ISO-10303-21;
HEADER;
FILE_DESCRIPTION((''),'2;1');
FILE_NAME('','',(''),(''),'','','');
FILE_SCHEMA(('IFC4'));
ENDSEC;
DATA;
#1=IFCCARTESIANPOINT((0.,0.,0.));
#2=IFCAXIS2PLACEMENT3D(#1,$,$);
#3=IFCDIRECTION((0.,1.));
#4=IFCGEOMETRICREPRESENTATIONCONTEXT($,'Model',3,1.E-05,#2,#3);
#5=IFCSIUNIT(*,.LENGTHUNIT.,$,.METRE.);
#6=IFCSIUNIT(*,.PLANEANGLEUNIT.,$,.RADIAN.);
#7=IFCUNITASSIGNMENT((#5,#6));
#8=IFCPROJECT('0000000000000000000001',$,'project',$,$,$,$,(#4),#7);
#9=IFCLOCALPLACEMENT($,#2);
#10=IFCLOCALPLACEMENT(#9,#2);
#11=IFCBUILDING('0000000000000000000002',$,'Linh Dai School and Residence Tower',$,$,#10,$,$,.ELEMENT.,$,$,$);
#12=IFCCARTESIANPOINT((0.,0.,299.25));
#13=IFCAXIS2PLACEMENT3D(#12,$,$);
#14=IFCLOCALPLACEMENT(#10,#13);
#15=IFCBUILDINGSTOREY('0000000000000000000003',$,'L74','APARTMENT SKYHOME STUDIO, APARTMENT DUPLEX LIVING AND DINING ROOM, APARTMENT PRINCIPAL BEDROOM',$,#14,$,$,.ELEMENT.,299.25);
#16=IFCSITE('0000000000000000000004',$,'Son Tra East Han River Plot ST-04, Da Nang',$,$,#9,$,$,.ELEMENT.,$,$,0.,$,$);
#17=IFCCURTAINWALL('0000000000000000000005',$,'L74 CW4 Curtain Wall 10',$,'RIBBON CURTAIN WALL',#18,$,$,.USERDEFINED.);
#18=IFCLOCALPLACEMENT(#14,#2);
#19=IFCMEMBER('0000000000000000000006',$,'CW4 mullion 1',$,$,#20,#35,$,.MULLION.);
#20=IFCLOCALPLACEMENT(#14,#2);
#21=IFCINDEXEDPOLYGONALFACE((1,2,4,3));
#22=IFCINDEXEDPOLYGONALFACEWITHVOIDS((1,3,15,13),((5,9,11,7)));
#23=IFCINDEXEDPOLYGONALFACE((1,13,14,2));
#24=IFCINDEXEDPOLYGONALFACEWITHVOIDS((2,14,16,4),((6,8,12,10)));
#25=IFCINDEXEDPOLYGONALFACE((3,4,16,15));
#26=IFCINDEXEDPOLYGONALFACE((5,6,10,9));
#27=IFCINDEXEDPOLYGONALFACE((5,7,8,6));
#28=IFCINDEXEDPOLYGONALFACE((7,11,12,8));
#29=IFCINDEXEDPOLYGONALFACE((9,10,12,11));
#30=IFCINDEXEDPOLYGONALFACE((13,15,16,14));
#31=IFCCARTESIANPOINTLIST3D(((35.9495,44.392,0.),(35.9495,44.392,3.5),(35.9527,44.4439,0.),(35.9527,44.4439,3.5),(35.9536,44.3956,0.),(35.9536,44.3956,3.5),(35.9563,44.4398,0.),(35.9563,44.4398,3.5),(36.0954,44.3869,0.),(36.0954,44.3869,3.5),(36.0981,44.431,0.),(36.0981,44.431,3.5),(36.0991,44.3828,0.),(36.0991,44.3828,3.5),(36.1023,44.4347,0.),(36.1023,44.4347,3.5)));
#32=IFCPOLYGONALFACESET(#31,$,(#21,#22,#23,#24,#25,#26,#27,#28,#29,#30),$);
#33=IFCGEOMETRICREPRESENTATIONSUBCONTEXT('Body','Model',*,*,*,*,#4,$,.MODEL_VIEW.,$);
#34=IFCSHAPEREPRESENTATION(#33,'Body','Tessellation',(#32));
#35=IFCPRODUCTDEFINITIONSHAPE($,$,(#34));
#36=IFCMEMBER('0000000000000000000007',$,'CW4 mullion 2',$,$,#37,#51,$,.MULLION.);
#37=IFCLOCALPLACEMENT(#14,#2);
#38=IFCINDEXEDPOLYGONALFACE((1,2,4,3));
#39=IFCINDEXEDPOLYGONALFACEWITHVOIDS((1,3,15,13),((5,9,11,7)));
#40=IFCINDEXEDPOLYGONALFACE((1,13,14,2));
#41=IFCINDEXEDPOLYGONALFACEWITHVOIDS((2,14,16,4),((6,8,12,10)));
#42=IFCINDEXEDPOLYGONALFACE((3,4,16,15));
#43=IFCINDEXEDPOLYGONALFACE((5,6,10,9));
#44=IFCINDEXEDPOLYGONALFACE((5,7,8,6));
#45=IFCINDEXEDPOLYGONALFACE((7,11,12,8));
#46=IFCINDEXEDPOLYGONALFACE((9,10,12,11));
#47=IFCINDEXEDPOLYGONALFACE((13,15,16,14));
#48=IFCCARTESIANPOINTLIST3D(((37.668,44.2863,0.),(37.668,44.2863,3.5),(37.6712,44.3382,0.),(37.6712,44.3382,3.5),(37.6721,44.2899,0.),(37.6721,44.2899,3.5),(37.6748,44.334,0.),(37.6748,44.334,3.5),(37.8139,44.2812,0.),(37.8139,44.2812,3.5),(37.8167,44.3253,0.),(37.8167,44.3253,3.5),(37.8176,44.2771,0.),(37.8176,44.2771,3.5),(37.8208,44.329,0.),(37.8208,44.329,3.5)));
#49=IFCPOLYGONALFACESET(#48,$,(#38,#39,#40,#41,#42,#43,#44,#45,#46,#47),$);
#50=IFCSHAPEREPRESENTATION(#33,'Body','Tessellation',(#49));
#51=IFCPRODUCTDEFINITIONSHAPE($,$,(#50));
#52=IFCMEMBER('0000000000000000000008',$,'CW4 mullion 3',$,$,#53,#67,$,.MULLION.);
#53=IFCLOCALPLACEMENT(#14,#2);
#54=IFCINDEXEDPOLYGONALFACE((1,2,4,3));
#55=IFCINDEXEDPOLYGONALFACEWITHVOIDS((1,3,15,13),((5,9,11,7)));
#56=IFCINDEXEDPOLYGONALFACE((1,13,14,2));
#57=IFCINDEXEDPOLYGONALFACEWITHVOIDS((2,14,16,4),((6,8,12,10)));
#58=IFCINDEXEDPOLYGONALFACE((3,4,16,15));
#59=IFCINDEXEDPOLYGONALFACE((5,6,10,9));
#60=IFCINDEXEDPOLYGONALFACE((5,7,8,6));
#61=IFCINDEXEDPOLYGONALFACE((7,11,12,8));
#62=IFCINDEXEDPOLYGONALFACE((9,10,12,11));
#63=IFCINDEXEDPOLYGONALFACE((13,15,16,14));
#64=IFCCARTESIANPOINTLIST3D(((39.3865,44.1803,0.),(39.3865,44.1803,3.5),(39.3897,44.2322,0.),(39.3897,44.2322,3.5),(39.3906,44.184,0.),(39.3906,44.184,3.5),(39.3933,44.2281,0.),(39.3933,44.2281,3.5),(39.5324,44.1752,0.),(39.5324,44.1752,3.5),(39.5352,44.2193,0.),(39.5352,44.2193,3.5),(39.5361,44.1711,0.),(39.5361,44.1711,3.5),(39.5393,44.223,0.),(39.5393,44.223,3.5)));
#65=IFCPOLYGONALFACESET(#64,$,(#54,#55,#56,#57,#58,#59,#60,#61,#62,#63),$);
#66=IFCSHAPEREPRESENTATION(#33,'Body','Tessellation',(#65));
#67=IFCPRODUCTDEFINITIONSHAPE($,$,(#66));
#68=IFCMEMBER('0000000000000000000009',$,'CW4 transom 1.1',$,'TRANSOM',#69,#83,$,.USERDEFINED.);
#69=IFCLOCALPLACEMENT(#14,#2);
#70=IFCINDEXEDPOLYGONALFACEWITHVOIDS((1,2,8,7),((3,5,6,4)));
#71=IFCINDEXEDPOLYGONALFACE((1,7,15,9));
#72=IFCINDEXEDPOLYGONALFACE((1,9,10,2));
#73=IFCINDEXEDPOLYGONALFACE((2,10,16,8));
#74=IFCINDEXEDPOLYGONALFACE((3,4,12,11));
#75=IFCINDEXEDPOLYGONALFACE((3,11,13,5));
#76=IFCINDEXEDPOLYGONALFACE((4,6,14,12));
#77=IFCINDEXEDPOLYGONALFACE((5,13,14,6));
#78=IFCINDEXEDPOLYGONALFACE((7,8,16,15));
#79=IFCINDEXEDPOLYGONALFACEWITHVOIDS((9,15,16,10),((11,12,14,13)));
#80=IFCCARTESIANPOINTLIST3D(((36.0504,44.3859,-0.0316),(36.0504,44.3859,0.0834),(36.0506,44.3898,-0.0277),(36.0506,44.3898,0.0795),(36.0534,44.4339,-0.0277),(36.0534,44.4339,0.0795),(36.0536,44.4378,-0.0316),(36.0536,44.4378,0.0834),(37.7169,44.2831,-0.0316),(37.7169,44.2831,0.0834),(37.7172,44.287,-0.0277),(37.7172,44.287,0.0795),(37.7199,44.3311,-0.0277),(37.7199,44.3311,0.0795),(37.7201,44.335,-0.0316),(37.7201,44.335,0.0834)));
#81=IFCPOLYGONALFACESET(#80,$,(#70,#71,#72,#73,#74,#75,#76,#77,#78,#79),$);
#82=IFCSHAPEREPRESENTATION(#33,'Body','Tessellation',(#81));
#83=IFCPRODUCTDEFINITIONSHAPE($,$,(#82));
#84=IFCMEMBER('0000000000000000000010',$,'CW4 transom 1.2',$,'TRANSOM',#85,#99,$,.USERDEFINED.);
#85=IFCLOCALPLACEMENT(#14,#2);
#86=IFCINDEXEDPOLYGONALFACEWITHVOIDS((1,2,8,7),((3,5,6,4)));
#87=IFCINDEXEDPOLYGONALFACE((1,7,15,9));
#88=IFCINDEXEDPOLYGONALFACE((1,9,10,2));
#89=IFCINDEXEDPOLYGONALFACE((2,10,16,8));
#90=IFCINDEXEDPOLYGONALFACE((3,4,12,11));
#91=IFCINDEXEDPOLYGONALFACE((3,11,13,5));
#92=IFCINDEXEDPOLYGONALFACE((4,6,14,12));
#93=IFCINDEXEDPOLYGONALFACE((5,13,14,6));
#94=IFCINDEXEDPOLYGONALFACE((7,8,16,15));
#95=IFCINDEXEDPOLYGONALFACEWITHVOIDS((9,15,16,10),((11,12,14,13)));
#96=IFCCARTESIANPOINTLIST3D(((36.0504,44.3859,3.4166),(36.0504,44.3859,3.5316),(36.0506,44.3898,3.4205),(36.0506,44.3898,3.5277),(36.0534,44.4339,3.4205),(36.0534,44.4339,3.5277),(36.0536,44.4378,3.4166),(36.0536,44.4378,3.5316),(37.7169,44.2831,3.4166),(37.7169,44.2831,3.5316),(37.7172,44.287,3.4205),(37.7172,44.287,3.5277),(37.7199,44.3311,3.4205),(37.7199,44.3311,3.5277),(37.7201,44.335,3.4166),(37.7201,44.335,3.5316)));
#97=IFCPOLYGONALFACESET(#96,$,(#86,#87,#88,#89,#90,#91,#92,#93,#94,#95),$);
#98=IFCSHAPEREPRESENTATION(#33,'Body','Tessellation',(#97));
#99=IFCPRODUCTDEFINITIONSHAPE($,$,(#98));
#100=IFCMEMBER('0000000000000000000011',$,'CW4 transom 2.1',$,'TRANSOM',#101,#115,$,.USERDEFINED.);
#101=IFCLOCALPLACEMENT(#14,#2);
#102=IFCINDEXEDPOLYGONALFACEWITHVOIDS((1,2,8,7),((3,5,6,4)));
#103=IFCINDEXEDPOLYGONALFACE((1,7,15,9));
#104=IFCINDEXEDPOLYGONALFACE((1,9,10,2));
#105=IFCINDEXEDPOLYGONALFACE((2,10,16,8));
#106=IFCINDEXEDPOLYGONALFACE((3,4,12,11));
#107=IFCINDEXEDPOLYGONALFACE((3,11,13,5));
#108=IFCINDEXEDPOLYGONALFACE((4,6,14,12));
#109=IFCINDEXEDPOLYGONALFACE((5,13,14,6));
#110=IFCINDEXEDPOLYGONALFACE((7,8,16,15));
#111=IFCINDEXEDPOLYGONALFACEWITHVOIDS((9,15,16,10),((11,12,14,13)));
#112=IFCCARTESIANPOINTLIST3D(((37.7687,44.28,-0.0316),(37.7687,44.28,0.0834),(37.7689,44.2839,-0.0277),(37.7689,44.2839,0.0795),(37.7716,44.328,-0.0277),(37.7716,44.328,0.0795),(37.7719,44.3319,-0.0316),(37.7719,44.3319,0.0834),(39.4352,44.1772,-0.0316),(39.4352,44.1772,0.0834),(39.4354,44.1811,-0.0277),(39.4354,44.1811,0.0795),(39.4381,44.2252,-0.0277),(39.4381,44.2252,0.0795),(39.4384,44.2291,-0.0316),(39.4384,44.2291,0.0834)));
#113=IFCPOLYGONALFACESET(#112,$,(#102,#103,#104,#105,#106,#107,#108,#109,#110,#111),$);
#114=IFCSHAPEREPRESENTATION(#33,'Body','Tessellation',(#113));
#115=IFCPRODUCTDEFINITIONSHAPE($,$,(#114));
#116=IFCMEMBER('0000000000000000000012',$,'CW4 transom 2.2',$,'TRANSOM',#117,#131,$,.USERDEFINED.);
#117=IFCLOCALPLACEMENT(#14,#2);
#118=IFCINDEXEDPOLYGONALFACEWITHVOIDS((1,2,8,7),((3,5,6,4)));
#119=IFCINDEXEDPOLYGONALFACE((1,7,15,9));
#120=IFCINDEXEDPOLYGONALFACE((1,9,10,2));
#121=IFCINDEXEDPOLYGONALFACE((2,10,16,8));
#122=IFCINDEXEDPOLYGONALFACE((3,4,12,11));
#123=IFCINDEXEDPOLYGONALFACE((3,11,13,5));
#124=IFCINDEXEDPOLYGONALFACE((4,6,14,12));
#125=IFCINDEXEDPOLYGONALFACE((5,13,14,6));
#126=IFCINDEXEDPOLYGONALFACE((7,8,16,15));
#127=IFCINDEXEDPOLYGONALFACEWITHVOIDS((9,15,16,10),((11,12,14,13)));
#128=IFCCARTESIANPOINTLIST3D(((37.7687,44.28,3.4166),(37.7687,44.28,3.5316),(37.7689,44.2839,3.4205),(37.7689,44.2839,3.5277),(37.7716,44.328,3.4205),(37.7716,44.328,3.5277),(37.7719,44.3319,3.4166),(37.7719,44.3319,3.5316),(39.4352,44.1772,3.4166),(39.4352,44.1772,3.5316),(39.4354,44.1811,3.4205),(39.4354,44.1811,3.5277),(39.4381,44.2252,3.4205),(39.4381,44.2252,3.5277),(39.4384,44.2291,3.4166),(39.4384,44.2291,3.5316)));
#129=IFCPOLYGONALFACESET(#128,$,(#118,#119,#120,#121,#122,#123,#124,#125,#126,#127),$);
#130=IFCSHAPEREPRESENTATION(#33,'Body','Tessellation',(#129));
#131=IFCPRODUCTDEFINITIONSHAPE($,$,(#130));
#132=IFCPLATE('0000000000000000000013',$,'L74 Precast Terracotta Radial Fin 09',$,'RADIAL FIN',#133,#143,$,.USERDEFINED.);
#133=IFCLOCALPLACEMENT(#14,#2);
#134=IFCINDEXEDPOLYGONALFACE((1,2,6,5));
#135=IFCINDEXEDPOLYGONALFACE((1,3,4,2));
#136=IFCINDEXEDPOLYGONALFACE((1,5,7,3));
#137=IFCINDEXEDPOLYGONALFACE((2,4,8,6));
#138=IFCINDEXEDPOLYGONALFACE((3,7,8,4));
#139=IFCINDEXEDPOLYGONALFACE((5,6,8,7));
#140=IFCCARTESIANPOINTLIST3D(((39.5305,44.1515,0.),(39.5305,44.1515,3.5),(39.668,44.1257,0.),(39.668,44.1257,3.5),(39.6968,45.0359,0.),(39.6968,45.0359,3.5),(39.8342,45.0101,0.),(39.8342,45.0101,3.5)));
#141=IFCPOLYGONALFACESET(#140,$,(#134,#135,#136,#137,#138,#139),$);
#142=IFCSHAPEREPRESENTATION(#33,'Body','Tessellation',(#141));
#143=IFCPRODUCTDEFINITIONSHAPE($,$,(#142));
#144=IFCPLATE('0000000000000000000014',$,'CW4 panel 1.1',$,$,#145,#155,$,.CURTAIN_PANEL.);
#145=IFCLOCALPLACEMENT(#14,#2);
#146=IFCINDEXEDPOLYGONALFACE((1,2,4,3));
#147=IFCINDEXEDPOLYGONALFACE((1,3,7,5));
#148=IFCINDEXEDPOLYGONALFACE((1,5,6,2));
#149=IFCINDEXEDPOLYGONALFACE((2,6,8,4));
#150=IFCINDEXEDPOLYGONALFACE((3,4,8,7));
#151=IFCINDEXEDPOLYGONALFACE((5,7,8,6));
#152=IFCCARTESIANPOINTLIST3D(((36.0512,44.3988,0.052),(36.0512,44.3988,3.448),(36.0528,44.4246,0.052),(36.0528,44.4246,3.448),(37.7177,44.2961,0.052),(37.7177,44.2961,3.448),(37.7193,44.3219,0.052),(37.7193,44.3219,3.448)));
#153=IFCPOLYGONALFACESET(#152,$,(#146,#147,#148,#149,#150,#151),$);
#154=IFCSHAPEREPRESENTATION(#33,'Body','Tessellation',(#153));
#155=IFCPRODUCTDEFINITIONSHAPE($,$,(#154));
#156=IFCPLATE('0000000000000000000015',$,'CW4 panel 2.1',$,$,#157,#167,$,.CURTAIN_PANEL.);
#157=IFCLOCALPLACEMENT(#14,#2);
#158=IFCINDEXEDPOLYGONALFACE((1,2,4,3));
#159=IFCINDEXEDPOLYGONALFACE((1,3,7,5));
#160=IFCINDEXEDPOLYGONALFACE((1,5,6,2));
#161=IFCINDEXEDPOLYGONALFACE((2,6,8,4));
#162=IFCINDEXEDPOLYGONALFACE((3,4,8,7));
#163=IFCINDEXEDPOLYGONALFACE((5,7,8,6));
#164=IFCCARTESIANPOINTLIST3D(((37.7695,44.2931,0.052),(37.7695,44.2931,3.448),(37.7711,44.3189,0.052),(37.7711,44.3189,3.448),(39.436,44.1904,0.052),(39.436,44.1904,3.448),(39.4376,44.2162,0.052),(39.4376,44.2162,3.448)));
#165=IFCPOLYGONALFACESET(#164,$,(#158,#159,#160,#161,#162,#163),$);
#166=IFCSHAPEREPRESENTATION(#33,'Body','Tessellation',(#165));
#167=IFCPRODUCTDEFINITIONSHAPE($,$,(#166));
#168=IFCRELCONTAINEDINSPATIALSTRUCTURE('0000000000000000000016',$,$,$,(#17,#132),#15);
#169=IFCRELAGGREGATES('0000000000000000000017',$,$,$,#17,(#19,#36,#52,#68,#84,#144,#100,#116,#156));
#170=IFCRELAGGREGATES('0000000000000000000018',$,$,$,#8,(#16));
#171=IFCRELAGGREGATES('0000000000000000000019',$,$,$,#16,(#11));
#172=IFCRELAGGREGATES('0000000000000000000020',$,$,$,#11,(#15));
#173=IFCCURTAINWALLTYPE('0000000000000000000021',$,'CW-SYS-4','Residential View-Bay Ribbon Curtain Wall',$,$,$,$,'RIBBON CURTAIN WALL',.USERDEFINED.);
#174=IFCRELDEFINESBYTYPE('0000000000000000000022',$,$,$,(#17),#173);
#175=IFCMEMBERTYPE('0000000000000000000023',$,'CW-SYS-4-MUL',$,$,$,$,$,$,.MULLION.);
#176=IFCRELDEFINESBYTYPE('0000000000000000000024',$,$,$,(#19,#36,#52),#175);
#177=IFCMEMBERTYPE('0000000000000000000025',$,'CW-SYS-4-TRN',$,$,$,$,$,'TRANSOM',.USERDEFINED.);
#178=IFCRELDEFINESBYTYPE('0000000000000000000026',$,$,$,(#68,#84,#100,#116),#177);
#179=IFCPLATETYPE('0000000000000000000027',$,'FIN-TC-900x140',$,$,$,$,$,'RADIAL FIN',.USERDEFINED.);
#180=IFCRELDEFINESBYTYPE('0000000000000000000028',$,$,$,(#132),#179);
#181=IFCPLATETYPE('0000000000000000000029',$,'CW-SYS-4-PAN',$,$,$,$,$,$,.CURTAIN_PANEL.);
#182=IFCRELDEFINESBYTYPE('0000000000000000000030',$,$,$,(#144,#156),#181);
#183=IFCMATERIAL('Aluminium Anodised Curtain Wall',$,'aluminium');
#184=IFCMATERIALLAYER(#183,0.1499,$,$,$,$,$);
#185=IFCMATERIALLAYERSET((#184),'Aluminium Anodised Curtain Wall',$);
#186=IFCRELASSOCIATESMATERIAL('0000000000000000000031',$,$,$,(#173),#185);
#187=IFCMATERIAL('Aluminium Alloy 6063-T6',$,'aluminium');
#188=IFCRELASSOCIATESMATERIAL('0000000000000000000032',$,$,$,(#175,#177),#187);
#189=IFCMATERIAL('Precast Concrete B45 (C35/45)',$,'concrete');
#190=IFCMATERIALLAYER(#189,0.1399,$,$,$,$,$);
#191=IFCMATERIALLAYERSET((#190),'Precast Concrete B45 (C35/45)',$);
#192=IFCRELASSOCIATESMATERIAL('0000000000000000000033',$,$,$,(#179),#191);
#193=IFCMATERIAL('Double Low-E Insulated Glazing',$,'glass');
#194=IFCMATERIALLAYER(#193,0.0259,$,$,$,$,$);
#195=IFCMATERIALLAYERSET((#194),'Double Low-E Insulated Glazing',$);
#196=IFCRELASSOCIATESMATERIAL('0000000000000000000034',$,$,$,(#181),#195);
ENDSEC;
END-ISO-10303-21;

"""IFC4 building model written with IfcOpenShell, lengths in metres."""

from ifc_helpers import new_model, si_unit, direction, frame, origin, origin_2d, place, context, subcontext, project, spatial, rectangle, hollow_rectangle, extrude, source, transform, mapped, material, layer, layer_set, material_profile, profile_set, type_object, element, aggregate, save


model = new_model("IFC4")

# Units and contexts
model_context = context("Model", 3, precision=1e-05, world=origin(), true_north=direction((0.0, 1.0)))
body_context = subcontext(model_context, "Body", "Model", "MODEL_VIEW")
ifc_project = project(units=[si_unit("LENGTHUNIT", "METRE"), si_unit("PLANEANGLEUNIT", "RADIAN")], contexts=[model_context])

# Site, building, storey
site_placement = place(None, origin())
site = spatial("IfcSite", under=ifc_project, at=site_placement, Name="Son Tra East Han River Plot ST-04, Da Nang", CompositionType="ELEMENT", RefElevation=0.0)
building_placement = place(site_placement, origin())
building = spatial("IfcBuilding", under=site, at=building_placement, Name="Linh Dai School and Residence Tower", CompositionType="ELEMENT")
storey_placement = place(building_placement, frame((0.0, 0.0, 299.25)))
storey = spatial("IfcBuildingStorey", under=building, at=storey_placement, Name="L74", Description="APARTMENT SKYHOME STUDIO, APARTMENT DUPLEX LIVING AND DINING ROOM, APARTMENT PRINCIPAL BEDROOM", CompositionType="ELEMENT", Elevation=299.25)

# Curtain wall, members
ifc_material_1 = material(Name="Aluminium Anodised Curtain Wall", Category="aluminium")
ifc_layer_1 = layer(ifc_material_1, 0.1499)
ifc_layer_set_1 = layer_set([ifc_layer_1], Name="Aluminium Anodised Curtain Wall")
curtain_wall_type = type_object("IfcCurtainWallType", Name="CW-SYS-4", Description="Residential View-Bay Ribbon Curtain Wall", ElementType="RIBBON CURTAIN WALL", PredefinedType="USERDEFINED", material=ifc_layer_set_1)
curtain_wall_placement = place(storey_placement, origin())
curtain_wall = element("IfcCurtainWall", 1, at=curtain_wall_placement, inside=storey, type_object=curtain_wall_type, Name="L74 CW4 Curtain Wall 10", ObjectType="RIBBON CURTAIN WALL", PredefinedType="USERDEFINED")
ifc_material_2 = material(Name="Aluminium Alloy 6063-T6", Category="aluminium")
ifc_material_profile_1 = material_profile(ifc_material_2, hollow_rectangle(XDim=0.052, YDim=0.1499, WallThickness=0.0039, at=origin_2d()), Name="RHS 150x52x4")
ifc_profile_set_1 = profile_set([ifc_material_profile_1], Name="Aluminium Alloy 6063-T6")
member_type_1 = type_object("IfcMemberType", Name="CW-SYS-4-MUL", PredefinedType="MULLION", material=ifc_profile_set_1)
shared_shape_1 = source(origin(), body_context, "Body", "SweptSolid", [
    extrude(hollow_rectangle(XDim=0.052, YDim=0.1499, WallThickness=0.0039, at=origin_2d()), origin(), (0.0, 0.0, 1.0), 3.5),
])
member_1_placement = place(storey_placement, frame((36.0259, 44.4133, 0.0), z_axis=(0.0, 0.0, 1.0), x_axis=(0.06151, 0.998106, 0.0)))
member_1 = element("IfcMember", 2, at=member_1_placement, type_object=member_type_1, Name="CW4 mullion 1", PredefinedType="MULLION", context=body_context, shape_type="MappedRepresentation", body=[
    mapped(shared_shape_1, transform((0.0, 0.0, 0.0), x_axis=(1.0, 0.0, 0.0), y_axis=(0.0, 1.0, 0.0), z_axis=(0.0, 0.0, 1.0), scale=1.0)),
])
member_2_placement = place(storey_placement, frame((37.7444, 44.3076, 0.0), z_axis=(0.0, 0.0, 1.0), x_axis=(0.06151, 0.998106, 0.0)))
member_2 = element("IfcMember", 3, at=member_2_placement, type_object=member_type_1, Name="CW4 mullion 2", PredefinedType="MULLION", context=body_context, shape_type="MappedRepresentation", body=[
    mapped(shared_shape_1, transform((0.0, 0.0, 0.0), x_axis=(1.0, 0.0, 0.0), y_axis=(0.0, 1.0, 0.0), z_axis=(0.0, 0.0, 1.0), scale=1.0)),
])
member_3_placement = place(storey_placement, frame((39.4629, 44.2017, 0.0), z_axis=(0.0, 0.0, 1.0), x_axis=(0.06151, 0.998106, 0.0)))
member_3 = element("IfcMember", 4, at=member_3_placement, type_object=member_type_1, Name="CW4 mullion 3", PredefinedType="MULLION", context=body_context, shape_type="MappedRepresentation", body=[
    mapped(shared_shape_1, transform((0.0, 0.0, 0.0), x_axis=(1.0, 0.0, 0.0), y_axis=(0.0, 1.0, 0.0), z_axis=(0.0, 0.0, 1.0), scale=1.0)),
])
ifc_material_profile_2 = material_profile(ifc_material_2, hollow_rectangle(XDim=0.052, YDim=0.115, WallThickness=0.0039, at=origin_2d()), Name="RHS 115x52x4")
ifc_profile_set_2 = profile_set([ifc_material_profile_2], Name="Aluminium Alloy 6063-T6")
member_type_2 = type_object("IfcMemberType", Name="CW-SYS-4-TRN", ElementType="TRANSOM", PredefinedType="USERDEFINED", material=ifc_profile_set_2)
shared_shape_2 = source(origin(), body_context, "Body", "SweptSolid", [
    extrude(hollow_rectangle(XDim=0.052, YDim=0.115, WallThickness=0.0039, at=origin_2d()), origin(), (0.0, 0.0, 1.0), 1.6697),
])
member_4_placement = place(storey_placement, frame((36.052, 44.4119, 0.0259), z_axis=(0.998103, -0.061559, 0.0), x_axis=(0.061559, 0.998103, 0.0)))
member_4 = element("IfcMember", 5, at=member_4_placement, type_object=member_type_2, Name="CW4 transom 1.1", ObjectType="TRANSOM", PredefinedType="USERDEFINED", context=body_context, shape_type="MappedRepresentation", body=[
    mapped(shared_shape_2, transform((0.0, 0.0, 0.0), x_axis=(1.0, 0.0, 0.0), y_axis=(0.0, 1.0, 0.0), z_axis=(0.0, 0.0, 1.0), scale=1.0)),
])
member_5_placement = place(storey_placement, frame((36.052, 44.4119, 3.4741), z_axis=(0.998103, -0.061559, 0.0), x_axis=(0.061559, 0.998103, 0.0)))
member_5 = element("IfcMember", 6, at=member_5_placement, type_object=member_type_2, Name="CW4 transom 1.2", ObjectType="TRANSOM", PredefinedType="USERDEFINED", context=body_context, shape_type="MappedRepresentation", body=[
    mapped(shared_shape_2, transform((0.0, 0.0, 0.0), x_axis=(1.0, 0.0, 0.0), y_axis=(0.0, 1.0, 0.0), z_axis=(0.0, 0.0, 1.0), scale=1.0)),
])
member_6_placement = place(storey_placement, frame((37.7703, 44.3059, 0.0259), z_axis=(0.998103, -0.061559, 0.0), x_axis=(0.061559, 0.998103, 0.0)))
member_6 = element("IfcMember", 7, at=member_6_placement, type_object=member_type_2, Name="CW4 transom 2.1", ObjectType="TRANSOM", PredefinedType="USERDEFINED", context=body_context, shape_type="MappedRepresentation", body=[
    mapped(shared_shape_2, transform((0.0, 0.0, 0.0), x_axis=(1.0, 0.0, 0.0), y_axis=(0.0, 1.0, 0.0), z_axis=(0.0, 0.0, 1.0), scale=1.0)),
])
member_7_placement = place(storey_placement, frame((37.7703, 44.3059, 3.4741), z_axis=(0.998103, -0.061559, 0.0), x_axis=(0.061559, 0.998103, 0.0)))
member_7 = element("IfcMember", 8, at=member_7_placement, type_object=member_type_2, Name="CW4 transom 2.2", ObjectType="TRANSOM", PredefinedType="USERDEFINED", context=body_context, shape_type="MappedRepresentation", body=[
    mapped(shared_shape_2, transform((0.0, 0.0, 0.0), x_axis=(1.0, 0.0, 0.0), y_axis=(0.0, 1.0, 0.0), z_axis=(0.0, 0.0, 1.0), scale=1.0)),
])

# Plates
ifc_material_3 = material(Name="Precast Concrete B45 (C35/45)", Category="concrete")
ifc_layer_2 = layer(ifc_material_3, 0.1399)
ifc_layer_set_2 = layer_set([ifc_layer_2], Name="Precast Concrete B45 (C35/45)")
plate_type_1 = type_object("IfcPlateType", Name="FIN-TC-900x140", ElementType="RADIAL FIN", PredefinedType="USERDEFINED", material=ifc_layer_set_2)
shared_shape_3 = source(origin(), body_context, "Body", "SweptSolid", [
    extrude(rectangle(XDim=0.8999, YDim=0.1399, at=origin_2d()), origin(), (0.0, 0.0, 1.0), 3.5),
])
plate_1_placement = place(storey_placement, frame((39.6824, 44.5808, 0.0), z_axis=(0.0, 0.0, 1.0), x_axis=(0.184751, 0.982785, 0.0)))
element("IfcPlate", 9, at=plate_1_placement, inside=storey, type_object=plate_type_1, Name="L74 Precast Terracotta Radial Fin 09", ObjectType="RADIAL FIN", PredefinedType="USERDEFINED", context=body_context, shape_type="MappedRepresentation", body=[
    mapped(shared_shape_3, transform((0.0, 0.0, 0.0), x_axis=(1.0, 0.0, 0.0), y_axis=(0.0, 1.0, 0.0), z_axis=(0.0, 0.0, 1.0), scale=1.0)),
])
ifc_material_4 = material(Name="Double Low-E Insulated Glazing", Category="glass")
ifc_layer_3 = layer(ifc_material_4, 0.0259)
ifc_layer_set_3 = layer_set([ifc_layer_3], Name="Double Low-E Insulated Glazing")
plate_type_2 = type_object("IfcPlateType", Name="CW-SYS-4-PAN", PredefinedType="CURTAIN_PANEL", material=ifc_layer_set_3)
shared_shape_4 = source(origin(), body_context, "Body", "SweptSolid", [
    extrude(rectangle(XDim=1.6697, YDim=0.0259, at=origin_2d()), origin(), (0.0, 0.0, 1.0), 3.396),
])
plate_2_placement = place(storey_placement, frame((36.8853, 44.3604, 0.052), z_axis=(0.0, 0.0, 1.0), x_axis=(0.998106, -0.06151, 0.0)))
plate_2 = element("IfcPlate", 10, at=plate_2_placement, type_object=plate_type_2, Name="CW4 panel 1.1", PredefinedType="CURTAIN_PANEL", context=body_context, shape_type="MappedRepresentation", body=[
    mapped(shared_shape_4, transform((0.0, 0.0, 0.0), x_axis=(1.0, 0.0, 0.0), y_axis=(0.0, 1.0, 0.0), z_axis=(0.0, 0.0, 1.0), scale=1.0)),
])
plate_3_placement = place(storey_placement, frame((38.6035, 44.2546, 0.052), z_axis=(0.0, 0.0, 1.0), x_axis=(0.998106, -0.06151, 0.0)))
plate_3 = element("IfcPlate", 11, at=plate_3_placement, type_object=plate_type_2, Name="CW4 panel 2.1", PredefinedType="CURTAIN_PANEL", context=body_context, shape_type="MappedRepresentation", body=[
    mapped(shared_shape_4, transform((0.0, 0.0, 0.0), x_axis=(1.0, 0.0, 0.0), y_axis=(0.0, 1.0, 0.0), z_axis=(0.0, 0.0, 1.0), scale=1.0)),
])
aggregate(curtain_wall, [member_1, member_2, member_3, member_4, member_5, plate_2, member_6, member_7, plate_3])

save(model, "model.ifc")
